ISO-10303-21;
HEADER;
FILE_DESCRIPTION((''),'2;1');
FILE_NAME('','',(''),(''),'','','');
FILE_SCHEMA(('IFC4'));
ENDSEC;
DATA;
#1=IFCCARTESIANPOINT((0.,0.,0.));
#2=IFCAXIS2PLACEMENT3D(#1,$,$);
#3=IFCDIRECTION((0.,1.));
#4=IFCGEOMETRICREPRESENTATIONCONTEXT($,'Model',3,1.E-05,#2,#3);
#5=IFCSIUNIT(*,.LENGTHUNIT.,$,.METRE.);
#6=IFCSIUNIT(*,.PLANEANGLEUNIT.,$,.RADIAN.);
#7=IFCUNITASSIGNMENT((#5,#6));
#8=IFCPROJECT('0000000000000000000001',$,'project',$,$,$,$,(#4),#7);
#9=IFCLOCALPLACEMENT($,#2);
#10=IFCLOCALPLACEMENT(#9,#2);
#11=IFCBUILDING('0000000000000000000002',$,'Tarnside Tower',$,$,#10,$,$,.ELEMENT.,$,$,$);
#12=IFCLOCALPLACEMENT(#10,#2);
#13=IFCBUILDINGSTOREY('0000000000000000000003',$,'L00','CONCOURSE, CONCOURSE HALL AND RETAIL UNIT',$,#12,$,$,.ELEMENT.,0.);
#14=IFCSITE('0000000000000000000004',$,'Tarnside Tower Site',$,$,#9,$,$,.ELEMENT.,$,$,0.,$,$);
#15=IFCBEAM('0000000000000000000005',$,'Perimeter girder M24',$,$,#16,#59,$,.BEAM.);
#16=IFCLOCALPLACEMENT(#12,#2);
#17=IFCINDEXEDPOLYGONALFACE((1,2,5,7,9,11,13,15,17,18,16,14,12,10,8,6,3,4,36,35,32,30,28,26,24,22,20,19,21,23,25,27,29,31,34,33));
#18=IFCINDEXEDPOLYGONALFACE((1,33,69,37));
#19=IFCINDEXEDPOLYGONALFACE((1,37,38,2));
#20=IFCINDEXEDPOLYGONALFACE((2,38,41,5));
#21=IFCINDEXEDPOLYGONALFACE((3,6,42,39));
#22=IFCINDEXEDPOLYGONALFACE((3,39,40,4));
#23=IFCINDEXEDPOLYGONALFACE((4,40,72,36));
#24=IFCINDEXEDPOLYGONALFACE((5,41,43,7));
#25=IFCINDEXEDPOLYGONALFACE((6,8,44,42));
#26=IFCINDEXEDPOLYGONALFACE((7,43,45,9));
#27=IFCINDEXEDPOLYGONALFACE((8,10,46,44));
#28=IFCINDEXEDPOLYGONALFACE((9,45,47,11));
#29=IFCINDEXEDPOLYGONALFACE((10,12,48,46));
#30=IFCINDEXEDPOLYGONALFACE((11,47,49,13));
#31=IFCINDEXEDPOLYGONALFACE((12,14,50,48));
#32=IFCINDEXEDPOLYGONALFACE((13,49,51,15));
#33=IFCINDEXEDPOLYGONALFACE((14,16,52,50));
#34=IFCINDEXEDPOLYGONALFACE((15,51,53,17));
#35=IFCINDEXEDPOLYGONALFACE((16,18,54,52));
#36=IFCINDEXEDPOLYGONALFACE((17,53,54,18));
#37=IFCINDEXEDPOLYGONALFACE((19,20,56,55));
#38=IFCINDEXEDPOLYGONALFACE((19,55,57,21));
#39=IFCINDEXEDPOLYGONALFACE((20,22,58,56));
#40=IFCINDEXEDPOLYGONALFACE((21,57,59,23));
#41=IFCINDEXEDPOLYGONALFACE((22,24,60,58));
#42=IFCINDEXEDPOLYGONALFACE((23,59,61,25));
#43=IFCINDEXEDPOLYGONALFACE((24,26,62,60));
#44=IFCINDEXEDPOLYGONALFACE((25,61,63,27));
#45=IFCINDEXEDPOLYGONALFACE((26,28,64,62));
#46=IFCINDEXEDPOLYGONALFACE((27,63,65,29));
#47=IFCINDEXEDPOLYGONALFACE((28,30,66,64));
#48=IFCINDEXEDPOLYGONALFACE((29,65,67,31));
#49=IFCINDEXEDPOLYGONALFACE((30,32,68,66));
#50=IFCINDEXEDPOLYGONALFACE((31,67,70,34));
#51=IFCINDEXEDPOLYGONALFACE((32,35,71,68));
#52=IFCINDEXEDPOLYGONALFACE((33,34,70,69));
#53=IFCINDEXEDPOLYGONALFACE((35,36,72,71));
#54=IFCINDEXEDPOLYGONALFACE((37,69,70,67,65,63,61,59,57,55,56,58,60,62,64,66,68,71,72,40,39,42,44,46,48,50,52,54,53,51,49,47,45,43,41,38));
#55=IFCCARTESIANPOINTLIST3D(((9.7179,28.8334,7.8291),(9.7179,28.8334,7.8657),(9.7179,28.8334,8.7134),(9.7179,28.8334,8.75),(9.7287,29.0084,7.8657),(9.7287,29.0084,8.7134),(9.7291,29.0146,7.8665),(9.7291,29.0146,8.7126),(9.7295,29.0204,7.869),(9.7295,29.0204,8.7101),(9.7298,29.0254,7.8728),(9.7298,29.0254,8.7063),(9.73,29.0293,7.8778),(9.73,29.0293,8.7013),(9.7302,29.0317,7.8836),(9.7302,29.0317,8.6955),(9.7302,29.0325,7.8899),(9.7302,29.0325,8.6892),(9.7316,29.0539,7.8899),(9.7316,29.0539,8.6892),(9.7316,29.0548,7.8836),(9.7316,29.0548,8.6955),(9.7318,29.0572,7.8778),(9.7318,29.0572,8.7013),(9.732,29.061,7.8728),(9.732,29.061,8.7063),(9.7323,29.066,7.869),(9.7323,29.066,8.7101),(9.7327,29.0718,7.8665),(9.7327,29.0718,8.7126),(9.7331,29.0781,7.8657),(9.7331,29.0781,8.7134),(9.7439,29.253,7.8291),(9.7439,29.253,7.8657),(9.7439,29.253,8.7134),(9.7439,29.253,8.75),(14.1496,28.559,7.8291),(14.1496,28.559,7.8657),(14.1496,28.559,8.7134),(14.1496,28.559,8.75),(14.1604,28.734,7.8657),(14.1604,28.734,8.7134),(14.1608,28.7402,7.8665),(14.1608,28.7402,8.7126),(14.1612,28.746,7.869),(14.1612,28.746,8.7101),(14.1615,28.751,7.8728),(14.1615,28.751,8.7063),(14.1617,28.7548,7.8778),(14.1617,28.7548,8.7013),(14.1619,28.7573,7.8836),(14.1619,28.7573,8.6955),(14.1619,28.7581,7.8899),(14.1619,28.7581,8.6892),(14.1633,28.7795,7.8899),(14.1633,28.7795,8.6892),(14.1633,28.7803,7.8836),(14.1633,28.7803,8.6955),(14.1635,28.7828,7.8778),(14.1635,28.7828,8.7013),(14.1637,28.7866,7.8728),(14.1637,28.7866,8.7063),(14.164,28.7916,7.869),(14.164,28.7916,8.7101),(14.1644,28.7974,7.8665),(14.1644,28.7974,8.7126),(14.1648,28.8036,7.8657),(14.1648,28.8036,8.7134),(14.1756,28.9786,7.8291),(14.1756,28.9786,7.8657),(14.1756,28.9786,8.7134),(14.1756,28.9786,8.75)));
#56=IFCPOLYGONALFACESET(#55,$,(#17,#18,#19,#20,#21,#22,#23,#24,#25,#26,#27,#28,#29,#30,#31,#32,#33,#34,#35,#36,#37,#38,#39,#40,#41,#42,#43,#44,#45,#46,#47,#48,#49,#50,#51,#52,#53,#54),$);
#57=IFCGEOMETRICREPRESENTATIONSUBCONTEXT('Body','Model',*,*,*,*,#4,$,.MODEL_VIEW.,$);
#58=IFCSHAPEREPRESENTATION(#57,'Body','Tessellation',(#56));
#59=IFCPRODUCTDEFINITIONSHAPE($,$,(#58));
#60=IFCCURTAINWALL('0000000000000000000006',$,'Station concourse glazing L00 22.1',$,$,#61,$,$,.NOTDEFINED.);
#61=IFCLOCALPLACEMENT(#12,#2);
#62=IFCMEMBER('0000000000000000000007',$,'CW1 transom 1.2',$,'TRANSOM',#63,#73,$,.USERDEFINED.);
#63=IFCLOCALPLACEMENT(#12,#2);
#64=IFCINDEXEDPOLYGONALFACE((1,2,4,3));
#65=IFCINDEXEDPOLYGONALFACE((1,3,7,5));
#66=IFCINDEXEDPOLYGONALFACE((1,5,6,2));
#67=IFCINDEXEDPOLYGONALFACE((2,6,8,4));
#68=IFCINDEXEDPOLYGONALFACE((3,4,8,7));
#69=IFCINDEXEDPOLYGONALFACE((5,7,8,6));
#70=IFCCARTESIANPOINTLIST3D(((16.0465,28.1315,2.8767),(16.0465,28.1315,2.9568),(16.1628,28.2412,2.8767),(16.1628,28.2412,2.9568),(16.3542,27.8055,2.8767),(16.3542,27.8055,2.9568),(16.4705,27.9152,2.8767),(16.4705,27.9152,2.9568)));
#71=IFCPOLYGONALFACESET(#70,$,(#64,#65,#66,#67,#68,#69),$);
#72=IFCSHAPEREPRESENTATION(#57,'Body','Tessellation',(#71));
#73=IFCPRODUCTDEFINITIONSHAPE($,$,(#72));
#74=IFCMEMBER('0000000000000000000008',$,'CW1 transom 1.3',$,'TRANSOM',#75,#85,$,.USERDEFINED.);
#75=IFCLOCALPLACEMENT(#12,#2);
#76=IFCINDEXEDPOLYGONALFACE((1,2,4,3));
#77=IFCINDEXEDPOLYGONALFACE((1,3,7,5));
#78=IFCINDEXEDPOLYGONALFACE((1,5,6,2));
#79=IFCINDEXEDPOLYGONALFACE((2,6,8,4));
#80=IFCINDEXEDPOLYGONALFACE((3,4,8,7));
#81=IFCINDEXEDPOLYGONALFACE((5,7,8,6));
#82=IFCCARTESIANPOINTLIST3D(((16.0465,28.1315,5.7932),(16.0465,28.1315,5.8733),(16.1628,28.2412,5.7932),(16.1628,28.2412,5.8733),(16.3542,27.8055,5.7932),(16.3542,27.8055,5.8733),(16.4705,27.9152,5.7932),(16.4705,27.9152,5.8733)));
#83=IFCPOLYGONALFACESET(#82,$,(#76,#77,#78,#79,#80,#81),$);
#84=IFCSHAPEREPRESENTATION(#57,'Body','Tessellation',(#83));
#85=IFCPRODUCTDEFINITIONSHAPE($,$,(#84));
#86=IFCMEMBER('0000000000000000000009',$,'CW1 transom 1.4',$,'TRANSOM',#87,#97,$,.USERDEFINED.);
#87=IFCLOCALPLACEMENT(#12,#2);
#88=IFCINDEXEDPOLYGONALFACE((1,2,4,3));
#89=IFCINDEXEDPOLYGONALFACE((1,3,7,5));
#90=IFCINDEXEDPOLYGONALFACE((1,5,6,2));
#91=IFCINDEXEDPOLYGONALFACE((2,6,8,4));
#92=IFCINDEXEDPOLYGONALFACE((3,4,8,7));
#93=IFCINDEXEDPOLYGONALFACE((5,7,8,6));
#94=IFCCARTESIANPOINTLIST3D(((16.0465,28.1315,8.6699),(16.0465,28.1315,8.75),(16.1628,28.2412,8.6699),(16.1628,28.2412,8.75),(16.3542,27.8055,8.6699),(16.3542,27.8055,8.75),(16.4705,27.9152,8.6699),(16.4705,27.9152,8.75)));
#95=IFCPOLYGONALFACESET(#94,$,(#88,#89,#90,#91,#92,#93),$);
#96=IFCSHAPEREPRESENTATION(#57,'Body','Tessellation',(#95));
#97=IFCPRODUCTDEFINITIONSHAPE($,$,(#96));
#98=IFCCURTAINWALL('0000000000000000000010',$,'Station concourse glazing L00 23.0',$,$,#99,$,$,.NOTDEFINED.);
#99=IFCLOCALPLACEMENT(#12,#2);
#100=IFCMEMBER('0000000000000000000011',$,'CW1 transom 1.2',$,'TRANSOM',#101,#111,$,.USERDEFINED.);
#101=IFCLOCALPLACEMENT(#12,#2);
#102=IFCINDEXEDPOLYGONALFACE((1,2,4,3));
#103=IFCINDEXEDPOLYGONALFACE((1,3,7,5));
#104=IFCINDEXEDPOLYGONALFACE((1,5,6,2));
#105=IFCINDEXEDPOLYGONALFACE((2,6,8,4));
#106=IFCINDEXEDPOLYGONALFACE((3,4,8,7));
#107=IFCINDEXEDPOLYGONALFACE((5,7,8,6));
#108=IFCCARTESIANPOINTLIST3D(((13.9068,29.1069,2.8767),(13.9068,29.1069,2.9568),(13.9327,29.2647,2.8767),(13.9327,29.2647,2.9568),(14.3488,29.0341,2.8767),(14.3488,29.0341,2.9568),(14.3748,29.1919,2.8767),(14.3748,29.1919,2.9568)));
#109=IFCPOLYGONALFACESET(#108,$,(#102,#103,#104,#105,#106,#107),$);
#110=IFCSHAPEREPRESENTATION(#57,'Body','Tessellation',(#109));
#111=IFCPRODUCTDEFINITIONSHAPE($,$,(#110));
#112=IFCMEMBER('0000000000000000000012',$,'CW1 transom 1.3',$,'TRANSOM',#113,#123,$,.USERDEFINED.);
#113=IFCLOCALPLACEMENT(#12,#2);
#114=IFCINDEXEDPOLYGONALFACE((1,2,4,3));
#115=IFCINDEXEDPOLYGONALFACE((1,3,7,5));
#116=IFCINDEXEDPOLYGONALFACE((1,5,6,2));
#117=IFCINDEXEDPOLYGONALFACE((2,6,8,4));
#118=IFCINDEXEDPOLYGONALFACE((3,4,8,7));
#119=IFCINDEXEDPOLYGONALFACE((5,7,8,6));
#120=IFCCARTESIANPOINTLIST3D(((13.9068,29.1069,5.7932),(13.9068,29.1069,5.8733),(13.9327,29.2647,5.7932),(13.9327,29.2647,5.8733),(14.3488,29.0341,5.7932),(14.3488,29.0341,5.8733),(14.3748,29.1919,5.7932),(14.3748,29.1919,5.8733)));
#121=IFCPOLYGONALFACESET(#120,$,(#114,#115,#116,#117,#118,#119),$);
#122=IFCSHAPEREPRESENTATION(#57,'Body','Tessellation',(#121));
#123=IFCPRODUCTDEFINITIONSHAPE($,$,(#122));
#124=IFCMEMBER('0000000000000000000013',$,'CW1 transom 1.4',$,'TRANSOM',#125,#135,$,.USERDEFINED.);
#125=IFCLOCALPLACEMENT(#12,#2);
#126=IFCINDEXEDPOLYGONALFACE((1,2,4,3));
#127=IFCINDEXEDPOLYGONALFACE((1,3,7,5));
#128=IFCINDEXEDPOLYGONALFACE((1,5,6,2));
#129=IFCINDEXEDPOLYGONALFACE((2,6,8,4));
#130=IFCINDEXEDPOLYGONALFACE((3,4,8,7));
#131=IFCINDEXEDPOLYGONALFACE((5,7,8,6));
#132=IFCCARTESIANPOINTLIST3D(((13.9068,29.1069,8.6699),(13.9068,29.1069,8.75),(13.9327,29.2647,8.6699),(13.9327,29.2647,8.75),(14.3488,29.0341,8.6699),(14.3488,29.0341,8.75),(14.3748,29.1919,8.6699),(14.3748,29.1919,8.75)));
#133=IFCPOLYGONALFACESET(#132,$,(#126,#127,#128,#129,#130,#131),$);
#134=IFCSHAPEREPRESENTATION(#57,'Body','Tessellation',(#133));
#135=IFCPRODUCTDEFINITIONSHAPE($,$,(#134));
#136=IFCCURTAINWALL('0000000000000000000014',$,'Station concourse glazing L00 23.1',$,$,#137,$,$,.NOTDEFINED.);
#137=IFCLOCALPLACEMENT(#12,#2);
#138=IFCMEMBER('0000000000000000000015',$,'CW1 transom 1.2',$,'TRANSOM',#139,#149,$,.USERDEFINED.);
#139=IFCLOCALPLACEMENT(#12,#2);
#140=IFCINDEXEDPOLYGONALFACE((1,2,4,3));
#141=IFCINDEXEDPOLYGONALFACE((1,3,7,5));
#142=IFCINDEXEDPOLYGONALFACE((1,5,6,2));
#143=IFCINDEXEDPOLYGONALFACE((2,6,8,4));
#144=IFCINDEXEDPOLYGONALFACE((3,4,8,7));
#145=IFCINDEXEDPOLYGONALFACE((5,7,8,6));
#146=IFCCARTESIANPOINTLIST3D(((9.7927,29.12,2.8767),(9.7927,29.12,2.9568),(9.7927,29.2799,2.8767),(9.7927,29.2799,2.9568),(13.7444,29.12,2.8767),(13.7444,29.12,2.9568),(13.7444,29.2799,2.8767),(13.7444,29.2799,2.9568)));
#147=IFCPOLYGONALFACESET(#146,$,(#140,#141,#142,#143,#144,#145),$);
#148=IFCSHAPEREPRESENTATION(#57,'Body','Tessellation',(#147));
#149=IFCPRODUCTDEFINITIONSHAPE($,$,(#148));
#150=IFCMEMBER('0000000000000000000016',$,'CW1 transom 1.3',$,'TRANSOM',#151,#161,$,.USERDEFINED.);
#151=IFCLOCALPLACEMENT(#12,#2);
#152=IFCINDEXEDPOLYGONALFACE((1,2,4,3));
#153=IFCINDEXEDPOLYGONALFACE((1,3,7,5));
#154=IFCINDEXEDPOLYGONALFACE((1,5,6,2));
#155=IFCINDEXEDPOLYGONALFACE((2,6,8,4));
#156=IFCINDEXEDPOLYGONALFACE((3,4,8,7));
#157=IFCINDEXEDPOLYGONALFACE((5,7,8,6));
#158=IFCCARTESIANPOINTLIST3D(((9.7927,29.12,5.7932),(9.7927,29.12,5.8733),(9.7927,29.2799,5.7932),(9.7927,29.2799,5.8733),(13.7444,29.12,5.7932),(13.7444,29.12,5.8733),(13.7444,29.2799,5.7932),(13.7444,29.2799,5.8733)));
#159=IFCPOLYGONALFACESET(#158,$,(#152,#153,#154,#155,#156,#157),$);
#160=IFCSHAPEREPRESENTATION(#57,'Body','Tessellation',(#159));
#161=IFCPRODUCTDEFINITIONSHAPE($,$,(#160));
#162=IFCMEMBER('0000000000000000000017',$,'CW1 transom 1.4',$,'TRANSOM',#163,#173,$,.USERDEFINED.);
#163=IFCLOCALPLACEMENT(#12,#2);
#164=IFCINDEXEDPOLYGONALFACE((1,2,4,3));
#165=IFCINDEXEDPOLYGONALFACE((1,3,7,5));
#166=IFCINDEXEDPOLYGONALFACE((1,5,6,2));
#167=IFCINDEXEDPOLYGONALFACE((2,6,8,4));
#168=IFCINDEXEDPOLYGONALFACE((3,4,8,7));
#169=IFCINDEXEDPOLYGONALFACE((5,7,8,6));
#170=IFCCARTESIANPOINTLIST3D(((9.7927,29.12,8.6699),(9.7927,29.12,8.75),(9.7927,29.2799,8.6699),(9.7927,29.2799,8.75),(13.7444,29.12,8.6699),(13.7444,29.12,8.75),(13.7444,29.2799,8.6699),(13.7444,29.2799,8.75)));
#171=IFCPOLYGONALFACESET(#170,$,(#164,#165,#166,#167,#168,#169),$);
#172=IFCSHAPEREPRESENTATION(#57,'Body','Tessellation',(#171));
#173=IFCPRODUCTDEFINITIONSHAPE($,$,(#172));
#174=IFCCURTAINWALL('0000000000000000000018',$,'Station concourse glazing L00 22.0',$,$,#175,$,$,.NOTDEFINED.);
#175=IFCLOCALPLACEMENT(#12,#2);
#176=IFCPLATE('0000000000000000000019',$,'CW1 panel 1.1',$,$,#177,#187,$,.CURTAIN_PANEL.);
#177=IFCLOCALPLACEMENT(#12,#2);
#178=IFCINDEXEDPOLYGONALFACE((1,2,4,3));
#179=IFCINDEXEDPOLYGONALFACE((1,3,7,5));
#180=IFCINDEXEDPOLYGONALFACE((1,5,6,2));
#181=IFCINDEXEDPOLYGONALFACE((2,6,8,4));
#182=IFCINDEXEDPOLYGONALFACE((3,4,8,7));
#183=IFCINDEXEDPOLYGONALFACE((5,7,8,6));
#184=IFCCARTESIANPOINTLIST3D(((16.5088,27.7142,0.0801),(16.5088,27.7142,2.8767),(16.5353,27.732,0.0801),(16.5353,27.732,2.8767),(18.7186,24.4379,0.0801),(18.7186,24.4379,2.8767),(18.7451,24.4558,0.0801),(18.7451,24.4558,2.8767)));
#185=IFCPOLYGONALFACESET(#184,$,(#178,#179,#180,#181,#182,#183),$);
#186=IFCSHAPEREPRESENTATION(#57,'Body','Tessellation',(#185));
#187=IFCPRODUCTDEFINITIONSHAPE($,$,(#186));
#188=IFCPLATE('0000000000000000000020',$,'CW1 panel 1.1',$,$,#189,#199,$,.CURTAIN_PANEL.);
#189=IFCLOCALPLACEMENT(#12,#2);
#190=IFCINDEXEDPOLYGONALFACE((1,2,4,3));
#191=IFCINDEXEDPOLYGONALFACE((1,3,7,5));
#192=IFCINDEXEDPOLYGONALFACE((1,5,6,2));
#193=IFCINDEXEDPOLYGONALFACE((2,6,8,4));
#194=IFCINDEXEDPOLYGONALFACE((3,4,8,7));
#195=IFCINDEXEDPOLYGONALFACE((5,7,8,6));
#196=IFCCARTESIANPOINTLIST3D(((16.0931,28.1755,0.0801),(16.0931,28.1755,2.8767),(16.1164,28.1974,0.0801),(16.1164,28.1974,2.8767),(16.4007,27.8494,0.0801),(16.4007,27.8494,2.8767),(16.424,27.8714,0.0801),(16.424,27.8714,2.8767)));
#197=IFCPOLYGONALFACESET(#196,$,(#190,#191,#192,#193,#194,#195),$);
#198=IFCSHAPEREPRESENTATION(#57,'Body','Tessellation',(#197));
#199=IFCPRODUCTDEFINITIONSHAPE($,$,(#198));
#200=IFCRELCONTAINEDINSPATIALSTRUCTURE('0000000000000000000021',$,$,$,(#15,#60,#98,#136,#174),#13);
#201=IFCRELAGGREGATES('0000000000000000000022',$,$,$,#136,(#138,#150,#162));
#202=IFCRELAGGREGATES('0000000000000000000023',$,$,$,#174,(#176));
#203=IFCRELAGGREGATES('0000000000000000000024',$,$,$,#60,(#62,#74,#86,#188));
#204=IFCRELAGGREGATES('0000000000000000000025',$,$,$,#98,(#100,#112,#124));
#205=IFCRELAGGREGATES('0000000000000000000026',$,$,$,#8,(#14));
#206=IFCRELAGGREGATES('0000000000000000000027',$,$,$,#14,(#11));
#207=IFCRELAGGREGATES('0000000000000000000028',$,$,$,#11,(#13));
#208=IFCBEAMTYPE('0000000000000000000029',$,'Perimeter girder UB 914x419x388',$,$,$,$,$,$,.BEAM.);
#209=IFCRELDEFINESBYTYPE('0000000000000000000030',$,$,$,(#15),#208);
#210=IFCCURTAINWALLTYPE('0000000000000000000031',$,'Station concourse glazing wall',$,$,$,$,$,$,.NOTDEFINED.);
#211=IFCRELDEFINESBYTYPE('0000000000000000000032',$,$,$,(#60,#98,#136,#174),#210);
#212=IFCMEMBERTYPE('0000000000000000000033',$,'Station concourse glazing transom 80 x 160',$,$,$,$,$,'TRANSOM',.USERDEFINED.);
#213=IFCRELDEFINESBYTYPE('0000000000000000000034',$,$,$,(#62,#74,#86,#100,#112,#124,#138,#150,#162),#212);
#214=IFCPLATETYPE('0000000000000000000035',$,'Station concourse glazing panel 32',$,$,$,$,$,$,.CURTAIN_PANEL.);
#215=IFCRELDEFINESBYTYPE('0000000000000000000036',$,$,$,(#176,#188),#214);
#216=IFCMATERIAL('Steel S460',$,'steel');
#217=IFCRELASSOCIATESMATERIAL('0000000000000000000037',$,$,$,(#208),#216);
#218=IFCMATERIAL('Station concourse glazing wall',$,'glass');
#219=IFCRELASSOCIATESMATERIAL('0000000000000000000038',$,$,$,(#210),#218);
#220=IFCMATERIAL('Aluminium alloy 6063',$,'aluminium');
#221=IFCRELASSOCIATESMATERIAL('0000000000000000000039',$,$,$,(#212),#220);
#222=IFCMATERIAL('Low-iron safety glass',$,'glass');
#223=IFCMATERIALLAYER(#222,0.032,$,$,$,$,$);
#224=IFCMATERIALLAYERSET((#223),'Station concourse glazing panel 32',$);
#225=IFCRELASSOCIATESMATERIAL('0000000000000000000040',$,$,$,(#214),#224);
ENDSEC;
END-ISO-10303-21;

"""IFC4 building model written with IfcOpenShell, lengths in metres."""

from ifc_helpers import new_model, si_unit, direction, frame, origin, origin_2d, place, context, subcontext, project, spatial, rectangle, i_section, extrude, material, layer, layer_set, material_profile, profile_set, type_object, element, aggregate, save


model = new_model("IFC4")

# Units and contexts
model_context = context("Model", 3, precision=1e-05, world=origin(), true_north=direction((0.0, 1.0)))
body_context = subcontext(model_context, "Body", "Model", "MODEL_VIEW")
ifc_project = project(units=[si_unit("LENGTHUNIT", "METRE"), si_unit("PLANEANGLEUNIT", "RADIAN")], contexts=[model_context])

# Site, building, storey
site_placement = place(None, origin())
site = spatial("IfcSite", under=ifc_project, at=site_placement, Name="Tarnside Tower Site", CompositionType="ELEMENT", RefElevation=0.0)
building_placement = place(site_placement, origin())
building = spatial("IfcBuilding", under=site, at=building_placement, Name="Tarnside Tower", CompositionType="ELEMENT")
storey_placement = place(building_placement, origin())
storey = spatial("IfcBuildingStorey", under=building, at=storey_placement, Name="L00", Description="CONCOURSE, CONCOURSE HALL AND RETAIL UNIT", CompositionType="ELEMENT", Elevation=0.0)

# Beam
ifc_material_1 = material(Name="Steel S460", Category="steel")
ifc_material_profile_1 = material_profile(ifc_material_1, i_section(OverallWidth=0.4204, OverallDepth=0.9209, WebThickness=0.0215, FlangeThickness=0.0366, FilletRadius=0.0242, at=origin_2d()), Name="UB 914x419x388")
ifc_profile_set_1 = profile_set([ifc_material_profile_1], Name="Steel S460")
beam_type_1 = type_object("IfcBeamType", Name="Perimeter girder UB 914x419x388", PredefinedType="BEAM", material=ifc_profile_set_1)
beam_1_placement = place(storey_placement, frame((14.1626, 28.7688, 8.2896), z_axis=(-0.998088, 0.061803, 0.0), x_axis=(-0.061803, -0.998088, 0.0)))
element("IfcBeam", 1, at=beam_1_placement, inside=storey, type_object=beam_type_1, Name="Perimeter girder M24", PredefinedType="BEAM", context=body_context, shape_type="SweptSolid", body=[
    extrude(i_section(OverallWidth=0.4204, OverallDepth=0.9209, WebThickness=0.0215, FlangeThickness=0.0366, FilletRadius=0.0242, at=origin_2d()), origin(), (0.0, 0.0, 1.0), 4.4402),
])

# Curtain walls, members
ifc_material_2 = material(Name="Station concourse glazing wall", Category="glass")
curtain_wall_type = type_object("IfcCurtainWallType", Name="Station concourse glazing wall", PredefinedType="NOTDEFINED", material=ifc_material_2)
curtain_wall_1_placement = place(storey_placement, origin())
curtain_wall_1 = element("IfcCurtainWall", 2, at=curtain_wall_1_placement, inside=storey, type_object=curtain_wall_type, Name="Station concourse glazing L00 22.1", PredefinedType="NOTDEFINED")
ifc_material_3 = material(Name="Aluminium alloy 6063", Category="aluminium")
ifc_material_profile_2 = material_profile(ifc_material_3, rectangle(XDim=0.1599, YDim=0.0801, at=origin_2d()), Name="Station concourse glazing transom 80 x 160")
ifc_profile_set_2 = profile_set([ifc_material_profile_2], Name="Aluminium alloy 6063")
member_type = type_object("IfcMemberType", Name="Station concourse glazing transom 80 x 160", ElementType="TRANSOM", PredefinedType="USERDEFINED", material=ifc_profile_set_2)
member_1_placement = place(storey_placement, frame((16.4124, 27.8604, 2.9167), z_axis=(-0.686384, 0.72724, 0.0), x_axis=(-0.72724, -0.686384, 0.0)))
member_1 = element("IfcMember", 3, at=member_1_placement, type_object=member_type, Name="CW1 transom 1.2", ObjectType="TRANSOM", PredefinedType="USERDEFINED", context=body_context, shape_type="SweptSolid", body=[
    extrude(rectangle(XDim=0.1599, YDim=0.0801, at=origin_2d()), origin(), (0.0, 0.0, 1.0), 0.4482),
])
member_2_placement = place(storey_placement, frame((16.4124, 27.8604, 5.8333), z_axis=(-0.686384, 0.72724, 0.0), x_axis=(-0.72724, -0.686384, 0.0)))
member_2 = element("IfcMember", 4, at=member_2_placement, type_object=member_type, Name="CW1 transom 1.3", ObjectType="TRANSOM", PredefinedType="USERDEFINED", context=body_context, shape_type="SweptSolid", body=[
    extrude(rectangle(XDim=0.1599, YDim=0.0801, at=origin_2d()), origin(), (0.0, 0.0, 1.0), 0.4482),
])
member_3_placement = place(storey_placement, frame((16.4124, 27.8604, 8.71), z_axis=(-0.686384, 0.72724, 0.0), x_axis=(-0.72724, -0.686384, 0.0)))
member_3 = element("IfcMember", 5, at=member_3_placement, type_object=member_type, Name="CW1 transom 1.4", ObjectType="TRANSOM", PredefinedType="USERDEFINED", context=body_context, shape_type="SweptSolid", body=[
    extrude(rectangle(XDim=0.1599, YDim=0.0801, at=origin_2d()), origin(), (0.0, 0.0, 1.0), 0.4482),
])
curtain_wall_2_placement = place(storey_placement, origin())
curtain_wall_2 = element("IfcCurtainWall", 6, at=curtain_wall_2_placement, inside=storey, type_object=curtain_wall_type, Name="Station concourse glazing L00 23.0", PredefinedType="NOTDEFINED")
member_4_placement = place(storey_placement, frame((14.3618, 29.113, 2.9167), z_axis=(-0.986731, 0.162366, 0.0), x_axis=(-0.162366, -0.986731, 0.0)))
member_4 = element("IfcMember", 7, at=member_4_placement, type_object=member_type, Name="CW1 transom 1.2", ObjectType="TRANSOM", PredefinedType="USERDEFINED", context=body_context, shape_type="SweptSolid", body=[
    extrude(rectangle(XDim=0.1599, YDim=0.0801, at=origin_2d()), origin(), (0.0, 0.0, 1.0), 0.448),
])
member_5_placement = place(storey_placement, frame((14.3618, 29.113, 5.8333), z_axis=(-0.986731, 0.162366, 0.0), x_axis=(-0.162366, -0.986731, 0.0)))
member_5 = element("IfcMember", 8, at=member_5_placement, type_object=member_type, Name="CW1 transom 1.3", ObjectType="TRANSOM", PredefinedType="USERDEFINED", context=body_context, shape_type="SweptSolid", body=[
    extrude(rectangle(XDim=0.1599, YDim=0.0801, at=origin_2d()), origin(), (0.0, 0.0, 1.0), 0.448),
])
member_6_placement = place(storey_placement, frame((14.3618, 29.113, 8.71), z_axis=(-0.986731, 0.162366, 0.0), x_axis=(-0.162366, -0.986731, 0.0)))
member_6 = element("IfcMember", 9, at=member_6_placement, type_object=member_type, Name="CW1 transom 1.4", ObjectType="TRANSOM", PredefinedType="USERDEFINED", context=body_context, shape_type="SweptSolid", body=[
    extrude(rectangle(XDim=0.1599, YDim=0.0801, at=origin_2d()), origin(), (0.0, 0.0, 1.0), 0.448),
])
curtain_wall_3_placement = place(storey_placement, origin())
curtain_wall_3 = element("IfcCurtainWall", 10, at=curtain_wall_3_placement, inside=storey, type_object=curtain_wall_type, Name="Station concourse glazing L00 23.1", PredefinedType="NOTDEFINED")
member_7_placement = place(storey_placement, frame((13.7444, 29.2, 2.9167), z_axis=(-1.0, 0.0, 0.0), x_axis=(0.0, -1.0, 0.0)))
member_7 = element("IfcMember", 11, at=member_7_placement, type_object=member_type, Name="CW1 transom 1.2", ObjectType="TRANSOM", PredefinedType="USERDEFINED", context=body_context, shape_type="SweptSolid", body=[
    extrude(rectangle(XDim=0.1599, YDim=0.0801, at=origin_2d()), origin(), (0.0, 0.0, 1.0), 3.9517),
])
member_8_placement = place(storey_placement, frame((13.7444, 29.2, 5.8333), z_axis=(-1.0, 0.0, 0.0), x_axis=(0.0, -1.0, 0.0)))
member_8 = element("IfcMember", 12, at=member_8_placement, type_object=member_type, Name="CW1 transom 1.3", ObjectType="TRANSOM", PredefinedType="USERDEFINED", context=body_context, shape_type="SweptSolid", body=[
    extrude(rectangle(XDim=0.1599, YDim=0.0801, at=origin_2d()), origin(), (0.0, 0.0, 1.0), 3.9517),
])
member_9_placement = place(storey_placement, frame((13.7444, 29.2, 8.71), z_axis=(-1.0, 0.0, 0.0), x_axis=(0.0, -1.0, 0.0)))
member_9 = element("IfcMember", 13, at=member_9_placement, type_object=member_type, Name="CW1 transom 1.4", ObjectType="TRANSOM", PredefinedType="USERDEFINED", context=body_context, shape_type="SweptSolid", body=[
    extrude(rectangle(XDim=0.1599, YDim=0.0801, at=origin_2d()), origin(), (0.0, 0.0, 1.0), 3.9517),
])
aggregate(curtain_wall_3, [member_7, member_8, member_9])

# Curtain wall, plate
curtain_wall_4_placement = place(storey_placement, origin())
curtain_wall_4 = element("IfcCurtainWall", 14, at=curtain_wall_4_placement, inside=storey, type_object=curtain_wall_type, Name="Station concourse glazing L00 22.0", PredefinedType="NOTDEFINED")
ifc_material_4 = material(Name="Low-iron safety glass", Category="glass")
ifc_layer = layer(ifc_material_4, 0.032)
ifc_layer_set = layer_set([ifc_layer], Name="Station concourse glazing panel 32")
plate_type = type_object("IfcPlateType", Name="Station concourse glazing panel 32", PredefinedType="CURTAIN_PANEL", material=ifc_layer_set)
plate_1_placement = place(storey_placement, frame((17.627, 26.085, 0.0801), z_axis=(0.0, 0.0, 1.0), x_axis=(-0.559193, 0.829038, 0.0)))
plate_1 = element("IfcPlate", 15, at=plate_1_placement, type_object=plate_type, Name="CW1 panel 1.1", PredefinedType="CURTAIN_PANEL", context=body_context, shape_type="SweptSolid", body=[
    extrude(rectangle(XDim=3.9519, YDim=0.032, at=origin_2d()), origin(), (0.0, 0.0, 1.0), 2.7966),
])
aggregate(curtain_wall_4, [plate_1])

# Plate
plate_2_placement = place(storey_placement, frame((16.2585, 28.0234, 0.0801), z_axis=(0.0, 0.0, 1.0), x_axis=(-0.686242, 0.727374, 0.0)))
plate_2 = element("IfcPlate", 16, at=plate_2_placement, type_object=plate_type, Name="CW1 panel 1.1", PredefinedType="CURTAIN_PANEL", context=body_context, shape_type="SweptSolid", body=[
    extrude(rectangle(XDim=0.4482, YDim=0.032, at=origin_2d()), origin(), (0.0, 0.0, 1.0), 2.7966),
])
aggregate(curtain_wall_1, [member_1, member_2, member_3, plate_2])
aggregate(curtain_wall_2, [member_4, member_5, member_6])

save(model, "model.ifc")
